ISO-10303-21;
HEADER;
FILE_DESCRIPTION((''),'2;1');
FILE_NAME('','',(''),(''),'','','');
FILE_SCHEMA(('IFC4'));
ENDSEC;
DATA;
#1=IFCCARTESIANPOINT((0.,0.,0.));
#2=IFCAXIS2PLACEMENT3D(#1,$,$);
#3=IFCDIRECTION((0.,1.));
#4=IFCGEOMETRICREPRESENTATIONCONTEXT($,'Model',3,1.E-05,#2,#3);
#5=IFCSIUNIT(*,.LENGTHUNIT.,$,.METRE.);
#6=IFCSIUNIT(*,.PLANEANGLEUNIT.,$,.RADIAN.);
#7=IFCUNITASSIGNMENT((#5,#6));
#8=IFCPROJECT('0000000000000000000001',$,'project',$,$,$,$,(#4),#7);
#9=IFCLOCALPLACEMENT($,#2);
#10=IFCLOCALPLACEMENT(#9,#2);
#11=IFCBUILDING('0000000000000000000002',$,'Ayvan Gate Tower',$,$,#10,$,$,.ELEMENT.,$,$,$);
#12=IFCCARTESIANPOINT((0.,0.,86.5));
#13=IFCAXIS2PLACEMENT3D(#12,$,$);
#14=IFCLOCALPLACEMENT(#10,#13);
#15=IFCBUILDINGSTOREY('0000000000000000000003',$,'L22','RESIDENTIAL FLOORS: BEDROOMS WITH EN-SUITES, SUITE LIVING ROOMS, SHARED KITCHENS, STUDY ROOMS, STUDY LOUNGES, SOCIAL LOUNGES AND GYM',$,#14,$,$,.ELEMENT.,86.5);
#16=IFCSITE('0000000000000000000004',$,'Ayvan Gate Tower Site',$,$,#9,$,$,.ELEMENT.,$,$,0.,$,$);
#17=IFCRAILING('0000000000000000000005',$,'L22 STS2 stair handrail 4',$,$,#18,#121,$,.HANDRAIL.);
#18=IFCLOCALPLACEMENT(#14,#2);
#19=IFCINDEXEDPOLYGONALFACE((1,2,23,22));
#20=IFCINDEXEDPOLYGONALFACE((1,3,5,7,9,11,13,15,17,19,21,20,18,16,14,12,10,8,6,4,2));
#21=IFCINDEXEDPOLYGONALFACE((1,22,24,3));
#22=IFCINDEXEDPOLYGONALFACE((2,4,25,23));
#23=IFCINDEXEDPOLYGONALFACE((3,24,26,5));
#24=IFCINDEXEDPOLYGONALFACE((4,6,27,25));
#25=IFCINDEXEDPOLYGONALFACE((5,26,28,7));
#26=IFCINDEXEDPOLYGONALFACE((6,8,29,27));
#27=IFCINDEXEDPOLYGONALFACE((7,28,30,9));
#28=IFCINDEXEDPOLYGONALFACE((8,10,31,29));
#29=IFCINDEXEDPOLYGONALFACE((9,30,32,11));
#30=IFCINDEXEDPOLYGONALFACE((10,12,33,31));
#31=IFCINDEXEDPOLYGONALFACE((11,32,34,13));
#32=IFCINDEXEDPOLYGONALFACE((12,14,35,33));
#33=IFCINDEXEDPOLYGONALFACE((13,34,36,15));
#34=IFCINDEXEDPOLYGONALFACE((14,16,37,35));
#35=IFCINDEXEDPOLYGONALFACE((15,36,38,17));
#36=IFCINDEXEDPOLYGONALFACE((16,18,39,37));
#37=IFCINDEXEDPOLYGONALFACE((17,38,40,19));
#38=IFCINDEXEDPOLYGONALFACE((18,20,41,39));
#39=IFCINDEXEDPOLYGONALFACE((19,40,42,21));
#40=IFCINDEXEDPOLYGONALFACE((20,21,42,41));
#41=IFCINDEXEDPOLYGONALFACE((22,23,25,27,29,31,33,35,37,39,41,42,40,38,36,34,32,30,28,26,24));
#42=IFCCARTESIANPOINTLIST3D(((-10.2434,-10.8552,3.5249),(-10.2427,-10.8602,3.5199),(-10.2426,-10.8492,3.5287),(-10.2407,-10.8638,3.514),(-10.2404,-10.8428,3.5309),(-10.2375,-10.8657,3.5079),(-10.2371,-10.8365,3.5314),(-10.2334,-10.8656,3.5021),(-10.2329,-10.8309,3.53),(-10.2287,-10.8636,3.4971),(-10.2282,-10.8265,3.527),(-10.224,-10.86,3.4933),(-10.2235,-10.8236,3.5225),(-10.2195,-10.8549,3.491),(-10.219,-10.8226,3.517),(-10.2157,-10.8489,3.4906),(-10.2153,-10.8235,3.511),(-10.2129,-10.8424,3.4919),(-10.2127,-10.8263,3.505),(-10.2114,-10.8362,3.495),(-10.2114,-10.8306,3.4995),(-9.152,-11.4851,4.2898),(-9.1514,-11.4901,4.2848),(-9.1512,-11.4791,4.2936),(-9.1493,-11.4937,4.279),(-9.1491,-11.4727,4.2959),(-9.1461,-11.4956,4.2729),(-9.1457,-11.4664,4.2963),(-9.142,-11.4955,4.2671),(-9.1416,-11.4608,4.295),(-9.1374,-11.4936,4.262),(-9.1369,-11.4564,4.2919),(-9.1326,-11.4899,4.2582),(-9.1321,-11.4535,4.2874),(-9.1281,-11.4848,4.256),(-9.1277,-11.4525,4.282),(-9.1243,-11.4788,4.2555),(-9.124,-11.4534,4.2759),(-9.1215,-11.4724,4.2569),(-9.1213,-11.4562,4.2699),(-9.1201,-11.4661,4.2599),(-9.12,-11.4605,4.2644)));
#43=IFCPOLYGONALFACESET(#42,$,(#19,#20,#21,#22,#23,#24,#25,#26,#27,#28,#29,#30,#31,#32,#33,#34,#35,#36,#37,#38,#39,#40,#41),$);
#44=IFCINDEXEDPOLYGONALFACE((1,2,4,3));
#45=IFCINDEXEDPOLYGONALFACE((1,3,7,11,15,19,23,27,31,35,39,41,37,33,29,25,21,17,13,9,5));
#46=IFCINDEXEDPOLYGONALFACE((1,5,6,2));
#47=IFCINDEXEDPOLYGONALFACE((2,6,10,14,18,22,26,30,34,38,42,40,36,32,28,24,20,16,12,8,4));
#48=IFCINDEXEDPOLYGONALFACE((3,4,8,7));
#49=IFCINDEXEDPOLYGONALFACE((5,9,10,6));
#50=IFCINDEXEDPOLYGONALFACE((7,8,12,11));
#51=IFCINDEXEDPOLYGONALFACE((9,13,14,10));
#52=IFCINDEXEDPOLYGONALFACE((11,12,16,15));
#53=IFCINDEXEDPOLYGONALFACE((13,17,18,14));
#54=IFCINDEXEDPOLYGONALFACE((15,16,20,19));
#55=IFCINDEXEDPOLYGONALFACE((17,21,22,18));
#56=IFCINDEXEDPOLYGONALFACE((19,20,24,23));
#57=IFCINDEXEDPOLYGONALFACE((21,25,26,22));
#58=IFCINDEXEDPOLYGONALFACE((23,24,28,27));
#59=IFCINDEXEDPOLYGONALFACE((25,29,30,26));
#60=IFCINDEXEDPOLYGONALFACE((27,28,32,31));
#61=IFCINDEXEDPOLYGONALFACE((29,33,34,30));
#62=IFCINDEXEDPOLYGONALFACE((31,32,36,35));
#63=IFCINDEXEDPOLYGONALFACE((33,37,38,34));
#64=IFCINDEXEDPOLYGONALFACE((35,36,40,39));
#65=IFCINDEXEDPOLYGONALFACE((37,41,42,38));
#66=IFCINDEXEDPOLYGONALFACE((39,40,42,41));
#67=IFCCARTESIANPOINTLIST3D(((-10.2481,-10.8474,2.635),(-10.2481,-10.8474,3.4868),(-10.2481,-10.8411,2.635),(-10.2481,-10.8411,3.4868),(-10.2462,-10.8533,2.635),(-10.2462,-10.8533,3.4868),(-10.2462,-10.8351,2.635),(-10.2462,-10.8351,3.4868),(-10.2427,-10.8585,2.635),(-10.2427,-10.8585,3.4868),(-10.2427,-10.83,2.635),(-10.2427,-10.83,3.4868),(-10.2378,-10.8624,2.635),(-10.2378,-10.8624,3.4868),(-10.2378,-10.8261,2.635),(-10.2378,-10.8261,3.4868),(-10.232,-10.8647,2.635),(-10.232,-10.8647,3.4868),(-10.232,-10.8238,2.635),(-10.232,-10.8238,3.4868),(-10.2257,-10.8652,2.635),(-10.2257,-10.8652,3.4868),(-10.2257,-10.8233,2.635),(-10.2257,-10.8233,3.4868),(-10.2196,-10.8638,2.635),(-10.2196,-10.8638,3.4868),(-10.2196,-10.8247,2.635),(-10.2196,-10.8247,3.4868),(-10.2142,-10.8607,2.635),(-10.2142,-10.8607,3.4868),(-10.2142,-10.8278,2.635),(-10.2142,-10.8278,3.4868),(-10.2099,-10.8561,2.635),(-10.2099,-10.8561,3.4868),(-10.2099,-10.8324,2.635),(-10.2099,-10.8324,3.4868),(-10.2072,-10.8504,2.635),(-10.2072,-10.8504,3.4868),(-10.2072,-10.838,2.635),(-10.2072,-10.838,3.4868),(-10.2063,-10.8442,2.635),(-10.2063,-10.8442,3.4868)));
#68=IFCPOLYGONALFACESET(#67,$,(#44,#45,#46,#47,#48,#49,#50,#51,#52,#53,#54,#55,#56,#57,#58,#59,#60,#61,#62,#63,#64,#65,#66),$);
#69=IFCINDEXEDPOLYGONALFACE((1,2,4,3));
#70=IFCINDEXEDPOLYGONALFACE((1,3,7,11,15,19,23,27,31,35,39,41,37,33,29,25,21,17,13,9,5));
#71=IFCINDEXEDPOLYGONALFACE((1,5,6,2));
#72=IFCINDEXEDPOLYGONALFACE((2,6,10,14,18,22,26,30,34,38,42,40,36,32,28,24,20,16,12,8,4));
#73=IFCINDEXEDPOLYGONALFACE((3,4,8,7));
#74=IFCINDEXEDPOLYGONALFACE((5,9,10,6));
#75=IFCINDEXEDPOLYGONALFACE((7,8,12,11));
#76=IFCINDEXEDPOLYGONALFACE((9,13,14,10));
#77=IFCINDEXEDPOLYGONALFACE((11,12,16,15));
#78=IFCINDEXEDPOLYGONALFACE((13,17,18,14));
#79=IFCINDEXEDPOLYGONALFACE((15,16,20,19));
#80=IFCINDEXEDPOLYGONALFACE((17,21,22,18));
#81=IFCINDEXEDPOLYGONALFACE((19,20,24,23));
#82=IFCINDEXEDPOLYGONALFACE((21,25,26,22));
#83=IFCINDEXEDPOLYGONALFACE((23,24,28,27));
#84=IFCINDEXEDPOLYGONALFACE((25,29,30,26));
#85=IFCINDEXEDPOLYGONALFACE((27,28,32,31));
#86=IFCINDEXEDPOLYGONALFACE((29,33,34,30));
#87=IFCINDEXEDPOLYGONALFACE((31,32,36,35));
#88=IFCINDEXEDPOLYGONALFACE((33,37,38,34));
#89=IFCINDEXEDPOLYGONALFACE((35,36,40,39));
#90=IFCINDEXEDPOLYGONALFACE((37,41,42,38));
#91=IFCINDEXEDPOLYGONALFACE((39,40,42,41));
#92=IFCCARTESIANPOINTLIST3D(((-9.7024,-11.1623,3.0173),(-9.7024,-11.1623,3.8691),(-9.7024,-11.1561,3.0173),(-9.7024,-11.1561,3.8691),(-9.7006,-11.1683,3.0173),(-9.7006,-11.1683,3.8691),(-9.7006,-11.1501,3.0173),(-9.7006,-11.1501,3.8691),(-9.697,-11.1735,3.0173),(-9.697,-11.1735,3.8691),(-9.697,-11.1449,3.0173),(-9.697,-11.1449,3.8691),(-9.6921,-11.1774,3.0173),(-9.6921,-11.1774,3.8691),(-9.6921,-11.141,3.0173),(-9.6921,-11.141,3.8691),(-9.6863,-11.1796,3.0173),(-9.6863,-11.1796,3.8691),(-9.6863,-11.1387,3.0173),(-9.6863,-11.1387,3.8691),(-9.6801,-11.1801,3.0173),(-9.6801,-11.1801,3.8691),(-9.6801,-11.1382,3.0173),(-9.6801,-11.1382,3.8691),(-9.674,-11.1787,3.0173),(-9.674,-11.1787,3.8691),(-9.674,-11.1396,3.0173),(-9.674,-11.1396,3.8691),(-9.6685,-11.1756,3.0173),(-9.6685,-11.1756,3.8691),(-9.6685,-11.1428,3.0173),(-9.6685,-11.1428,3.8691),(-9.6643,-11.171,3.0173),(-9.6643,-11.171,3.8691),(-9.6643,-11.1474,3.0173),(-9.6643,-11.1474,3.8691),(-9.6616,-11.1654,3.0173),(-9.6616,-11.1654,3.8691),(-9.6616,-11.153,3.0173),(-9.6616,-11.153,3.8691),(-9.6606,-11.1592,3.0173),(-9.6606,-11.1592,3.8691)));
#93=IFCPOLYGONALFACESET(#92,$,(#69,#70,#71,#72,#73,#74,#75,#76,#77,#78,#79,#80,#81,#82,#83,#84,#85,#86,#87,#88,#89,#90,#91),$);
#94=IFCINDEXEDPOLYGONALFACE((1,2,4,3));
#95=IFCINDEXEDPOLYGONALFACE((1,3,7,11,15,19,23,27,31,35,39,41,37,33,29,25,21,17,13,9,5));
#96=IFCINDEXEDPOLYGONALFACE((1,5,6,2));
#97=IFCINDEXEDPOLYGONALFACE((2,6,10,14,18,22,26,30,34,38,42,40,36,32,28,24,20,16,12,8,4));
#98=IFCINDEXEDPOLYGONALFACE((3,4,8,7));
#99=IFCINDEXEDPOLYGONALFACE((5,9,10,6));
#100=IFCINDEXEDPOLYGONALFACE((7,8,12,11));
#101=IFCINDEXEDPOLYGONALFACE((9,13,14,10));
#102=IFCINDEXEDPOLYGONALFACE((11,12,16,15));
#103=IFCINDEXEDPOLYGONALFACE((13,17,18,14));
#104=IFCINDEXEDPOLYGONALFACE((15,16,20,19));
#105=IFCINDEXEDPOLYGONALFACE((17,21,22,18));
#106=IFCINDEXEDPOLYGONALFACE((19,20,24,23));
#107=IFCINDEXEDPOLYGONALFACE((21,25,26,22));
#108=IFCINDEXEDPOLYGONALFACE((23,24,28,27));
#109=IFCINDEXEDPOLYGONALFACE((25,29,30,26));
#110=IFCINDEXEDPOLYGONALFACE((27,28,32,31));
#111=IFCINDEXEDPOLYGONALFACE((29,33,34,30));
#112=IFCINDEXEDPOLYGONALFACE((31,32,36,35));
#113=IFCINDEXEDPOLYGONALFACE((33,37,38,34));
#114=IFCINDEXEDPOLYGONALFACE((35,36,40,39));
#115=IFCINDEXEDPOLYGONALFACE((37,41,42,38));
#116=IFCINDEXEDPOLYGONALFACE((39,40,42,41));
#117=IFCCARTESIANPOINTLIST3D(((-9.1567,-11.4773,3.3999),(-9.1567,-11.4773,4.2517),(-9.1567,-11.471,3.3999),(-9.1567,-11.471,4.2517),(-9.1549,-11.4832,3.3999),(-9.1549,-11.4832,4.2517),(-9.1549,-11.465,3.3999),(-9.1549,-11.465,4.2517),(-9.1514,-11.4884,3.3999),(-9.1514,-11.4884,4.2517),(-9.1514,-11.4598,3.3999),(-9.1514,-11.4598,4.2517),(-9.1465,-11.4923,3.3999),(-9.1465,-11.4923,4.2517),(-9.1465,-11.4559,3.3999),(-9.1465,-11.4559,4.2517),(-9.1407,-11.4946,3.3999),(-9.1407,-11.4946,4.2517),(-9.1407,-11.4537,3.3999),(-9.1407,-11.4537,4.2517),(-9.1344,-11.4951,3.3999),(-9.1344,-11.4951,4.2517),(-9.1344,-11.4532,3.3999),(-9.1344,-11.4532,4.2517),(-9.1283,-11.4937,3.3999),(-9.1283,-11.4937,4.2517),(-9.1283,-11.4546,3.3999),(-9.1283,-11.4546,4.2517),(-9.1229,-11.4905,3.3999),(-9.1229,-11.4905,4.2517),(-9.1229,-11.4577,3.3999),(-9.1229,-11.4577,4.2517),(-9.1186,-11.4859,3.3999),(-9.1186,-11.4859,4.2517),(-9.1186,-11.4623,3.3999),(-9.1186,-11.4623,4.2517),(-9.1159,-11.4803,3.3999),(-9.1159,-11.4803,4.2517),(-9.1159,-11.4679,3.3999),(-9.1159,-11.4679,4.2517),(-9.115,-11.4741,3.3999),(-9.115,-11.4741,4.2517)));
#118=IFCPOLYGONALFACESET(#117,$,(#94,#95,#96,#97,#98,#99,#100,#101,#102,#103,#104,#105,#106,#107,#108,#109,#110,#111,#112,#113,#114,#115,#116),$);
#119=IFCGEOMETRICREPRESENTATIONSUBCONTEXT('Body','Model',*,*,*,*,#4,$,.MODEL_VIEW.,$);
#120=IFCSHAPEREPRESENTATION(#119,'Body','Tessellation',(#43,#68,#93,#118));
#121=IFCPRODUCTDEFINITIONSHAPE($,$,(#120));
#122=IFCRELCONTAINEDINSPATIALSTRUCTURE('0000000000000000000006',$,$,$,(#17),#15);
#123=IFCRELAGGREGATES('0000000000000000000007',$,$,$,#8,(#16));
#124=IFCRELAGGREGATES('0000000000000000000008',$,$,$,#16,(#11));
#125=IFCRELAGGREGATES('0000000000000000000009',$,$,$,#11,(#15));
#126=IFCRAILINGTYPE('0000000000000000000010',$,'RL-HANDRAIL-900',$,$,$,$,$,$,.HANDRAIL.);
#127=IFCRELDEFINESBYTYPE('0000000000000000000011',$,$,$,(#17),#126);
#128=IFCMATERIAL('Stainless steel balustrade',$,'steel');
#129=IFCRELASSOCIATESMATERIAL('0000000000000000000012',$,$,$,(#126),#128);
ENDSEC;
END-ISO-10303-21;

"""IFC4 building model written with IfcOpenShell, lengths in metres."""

from ifc_helpers import new_model, si_unit, direction, frame, origin, origin_2d, place, context, subcontext, project, spatial, circle, extrude, material, type_object, element, save


model = new_model("IFC4")

# Units and contexts
model_context = context("Model", 3, precision=1e-05, world=origin(), true_north=direction((0.0, 1.0)))
body_context = subcontext(model_context, "Body", "Model", "MODEL_VIEW")
ifc_project = project(units=[si_unit("LENGTHUNIT", "METRE"), si_unit("PLANEANGLEUNIT", "RADIAN")], contexts=[model_context])

# Site, building, storey
site_placement = place(None, origin())
site = spatial("IfcSite", under=ifc_project, at=site_placement, Name="Ayvan Gate Tower Site", CompositionType="ELEMENT", RefElevation=0.0)
building_placement = place(site_placement, origin())
building = spatial("IfcBuilding", under=site, at=building_placement, Name="Ayvan Gate Tower", CompositionType="ELEMENT")
storey_placement = place(building_placement, frame((0.0, 0.0, 86.5)))
storey = spatial("IfcBuildingStorey", under=building, at=storey_placement, Name="L22", Description="RESIDENTIAL FLOORS: BEDROOMS WITH EN-SUITES, SUITE LIVING ROOMS, SHARED KITCHENS, STUDY ROOMS, STUDY LOUNGES, SOCIAL LOUNGES AND GYM", CompositionType="ELEMENT", Elevation=86.5)

# Railing
ifc_material_1 = material(Name="Stainless steel balustrade", Category="steel")
railing_type_1 = type_object("IfcRailingType", Name="RL-HANDRAIL-900", PredefinedType="HANDRAIL", material=ifc_material_1)
railing_1_placement = place(storey_placement, frame((-10.2273, -10.8442, 2.635)))
element("IfcRailing", 1, at=railing_1_placement, inside=storey, type_object=railing_type_1, Name="L22 STS2 stair handrail 4", PredefinedType="HANDRAIL", context=body_context, shape_type="SweptSolid", body=[
    extrude(circle(Radius=0.0239, at=origin_2d()), frame((0.0, 0.0, 0.876), z_axis=(0.740357, -0.42732, 0.518912), x_axis=(0.49989, 0.866089, 0.0)), (0.0, 0.0, 1.0), 1.4741),
    extrude(circle(Radius=0.021, at=origin_2d()), origin(), (0.0, 0.0, 1.0), 0.8518),
    extrude(circle(Radius=0.021, at=origin_2d()), frame((0.5457, -0.3149, 0.3823)), (0.0, 0.0, 1.0), 0.8518),
    extrude(circle(Radius=0.021, at=origin_2d()), frame((1.0913, -0.6299, 0.7649)), (0.0, 0.0, 1.0), 0.8518),
])

save(model, "model.ifc")
